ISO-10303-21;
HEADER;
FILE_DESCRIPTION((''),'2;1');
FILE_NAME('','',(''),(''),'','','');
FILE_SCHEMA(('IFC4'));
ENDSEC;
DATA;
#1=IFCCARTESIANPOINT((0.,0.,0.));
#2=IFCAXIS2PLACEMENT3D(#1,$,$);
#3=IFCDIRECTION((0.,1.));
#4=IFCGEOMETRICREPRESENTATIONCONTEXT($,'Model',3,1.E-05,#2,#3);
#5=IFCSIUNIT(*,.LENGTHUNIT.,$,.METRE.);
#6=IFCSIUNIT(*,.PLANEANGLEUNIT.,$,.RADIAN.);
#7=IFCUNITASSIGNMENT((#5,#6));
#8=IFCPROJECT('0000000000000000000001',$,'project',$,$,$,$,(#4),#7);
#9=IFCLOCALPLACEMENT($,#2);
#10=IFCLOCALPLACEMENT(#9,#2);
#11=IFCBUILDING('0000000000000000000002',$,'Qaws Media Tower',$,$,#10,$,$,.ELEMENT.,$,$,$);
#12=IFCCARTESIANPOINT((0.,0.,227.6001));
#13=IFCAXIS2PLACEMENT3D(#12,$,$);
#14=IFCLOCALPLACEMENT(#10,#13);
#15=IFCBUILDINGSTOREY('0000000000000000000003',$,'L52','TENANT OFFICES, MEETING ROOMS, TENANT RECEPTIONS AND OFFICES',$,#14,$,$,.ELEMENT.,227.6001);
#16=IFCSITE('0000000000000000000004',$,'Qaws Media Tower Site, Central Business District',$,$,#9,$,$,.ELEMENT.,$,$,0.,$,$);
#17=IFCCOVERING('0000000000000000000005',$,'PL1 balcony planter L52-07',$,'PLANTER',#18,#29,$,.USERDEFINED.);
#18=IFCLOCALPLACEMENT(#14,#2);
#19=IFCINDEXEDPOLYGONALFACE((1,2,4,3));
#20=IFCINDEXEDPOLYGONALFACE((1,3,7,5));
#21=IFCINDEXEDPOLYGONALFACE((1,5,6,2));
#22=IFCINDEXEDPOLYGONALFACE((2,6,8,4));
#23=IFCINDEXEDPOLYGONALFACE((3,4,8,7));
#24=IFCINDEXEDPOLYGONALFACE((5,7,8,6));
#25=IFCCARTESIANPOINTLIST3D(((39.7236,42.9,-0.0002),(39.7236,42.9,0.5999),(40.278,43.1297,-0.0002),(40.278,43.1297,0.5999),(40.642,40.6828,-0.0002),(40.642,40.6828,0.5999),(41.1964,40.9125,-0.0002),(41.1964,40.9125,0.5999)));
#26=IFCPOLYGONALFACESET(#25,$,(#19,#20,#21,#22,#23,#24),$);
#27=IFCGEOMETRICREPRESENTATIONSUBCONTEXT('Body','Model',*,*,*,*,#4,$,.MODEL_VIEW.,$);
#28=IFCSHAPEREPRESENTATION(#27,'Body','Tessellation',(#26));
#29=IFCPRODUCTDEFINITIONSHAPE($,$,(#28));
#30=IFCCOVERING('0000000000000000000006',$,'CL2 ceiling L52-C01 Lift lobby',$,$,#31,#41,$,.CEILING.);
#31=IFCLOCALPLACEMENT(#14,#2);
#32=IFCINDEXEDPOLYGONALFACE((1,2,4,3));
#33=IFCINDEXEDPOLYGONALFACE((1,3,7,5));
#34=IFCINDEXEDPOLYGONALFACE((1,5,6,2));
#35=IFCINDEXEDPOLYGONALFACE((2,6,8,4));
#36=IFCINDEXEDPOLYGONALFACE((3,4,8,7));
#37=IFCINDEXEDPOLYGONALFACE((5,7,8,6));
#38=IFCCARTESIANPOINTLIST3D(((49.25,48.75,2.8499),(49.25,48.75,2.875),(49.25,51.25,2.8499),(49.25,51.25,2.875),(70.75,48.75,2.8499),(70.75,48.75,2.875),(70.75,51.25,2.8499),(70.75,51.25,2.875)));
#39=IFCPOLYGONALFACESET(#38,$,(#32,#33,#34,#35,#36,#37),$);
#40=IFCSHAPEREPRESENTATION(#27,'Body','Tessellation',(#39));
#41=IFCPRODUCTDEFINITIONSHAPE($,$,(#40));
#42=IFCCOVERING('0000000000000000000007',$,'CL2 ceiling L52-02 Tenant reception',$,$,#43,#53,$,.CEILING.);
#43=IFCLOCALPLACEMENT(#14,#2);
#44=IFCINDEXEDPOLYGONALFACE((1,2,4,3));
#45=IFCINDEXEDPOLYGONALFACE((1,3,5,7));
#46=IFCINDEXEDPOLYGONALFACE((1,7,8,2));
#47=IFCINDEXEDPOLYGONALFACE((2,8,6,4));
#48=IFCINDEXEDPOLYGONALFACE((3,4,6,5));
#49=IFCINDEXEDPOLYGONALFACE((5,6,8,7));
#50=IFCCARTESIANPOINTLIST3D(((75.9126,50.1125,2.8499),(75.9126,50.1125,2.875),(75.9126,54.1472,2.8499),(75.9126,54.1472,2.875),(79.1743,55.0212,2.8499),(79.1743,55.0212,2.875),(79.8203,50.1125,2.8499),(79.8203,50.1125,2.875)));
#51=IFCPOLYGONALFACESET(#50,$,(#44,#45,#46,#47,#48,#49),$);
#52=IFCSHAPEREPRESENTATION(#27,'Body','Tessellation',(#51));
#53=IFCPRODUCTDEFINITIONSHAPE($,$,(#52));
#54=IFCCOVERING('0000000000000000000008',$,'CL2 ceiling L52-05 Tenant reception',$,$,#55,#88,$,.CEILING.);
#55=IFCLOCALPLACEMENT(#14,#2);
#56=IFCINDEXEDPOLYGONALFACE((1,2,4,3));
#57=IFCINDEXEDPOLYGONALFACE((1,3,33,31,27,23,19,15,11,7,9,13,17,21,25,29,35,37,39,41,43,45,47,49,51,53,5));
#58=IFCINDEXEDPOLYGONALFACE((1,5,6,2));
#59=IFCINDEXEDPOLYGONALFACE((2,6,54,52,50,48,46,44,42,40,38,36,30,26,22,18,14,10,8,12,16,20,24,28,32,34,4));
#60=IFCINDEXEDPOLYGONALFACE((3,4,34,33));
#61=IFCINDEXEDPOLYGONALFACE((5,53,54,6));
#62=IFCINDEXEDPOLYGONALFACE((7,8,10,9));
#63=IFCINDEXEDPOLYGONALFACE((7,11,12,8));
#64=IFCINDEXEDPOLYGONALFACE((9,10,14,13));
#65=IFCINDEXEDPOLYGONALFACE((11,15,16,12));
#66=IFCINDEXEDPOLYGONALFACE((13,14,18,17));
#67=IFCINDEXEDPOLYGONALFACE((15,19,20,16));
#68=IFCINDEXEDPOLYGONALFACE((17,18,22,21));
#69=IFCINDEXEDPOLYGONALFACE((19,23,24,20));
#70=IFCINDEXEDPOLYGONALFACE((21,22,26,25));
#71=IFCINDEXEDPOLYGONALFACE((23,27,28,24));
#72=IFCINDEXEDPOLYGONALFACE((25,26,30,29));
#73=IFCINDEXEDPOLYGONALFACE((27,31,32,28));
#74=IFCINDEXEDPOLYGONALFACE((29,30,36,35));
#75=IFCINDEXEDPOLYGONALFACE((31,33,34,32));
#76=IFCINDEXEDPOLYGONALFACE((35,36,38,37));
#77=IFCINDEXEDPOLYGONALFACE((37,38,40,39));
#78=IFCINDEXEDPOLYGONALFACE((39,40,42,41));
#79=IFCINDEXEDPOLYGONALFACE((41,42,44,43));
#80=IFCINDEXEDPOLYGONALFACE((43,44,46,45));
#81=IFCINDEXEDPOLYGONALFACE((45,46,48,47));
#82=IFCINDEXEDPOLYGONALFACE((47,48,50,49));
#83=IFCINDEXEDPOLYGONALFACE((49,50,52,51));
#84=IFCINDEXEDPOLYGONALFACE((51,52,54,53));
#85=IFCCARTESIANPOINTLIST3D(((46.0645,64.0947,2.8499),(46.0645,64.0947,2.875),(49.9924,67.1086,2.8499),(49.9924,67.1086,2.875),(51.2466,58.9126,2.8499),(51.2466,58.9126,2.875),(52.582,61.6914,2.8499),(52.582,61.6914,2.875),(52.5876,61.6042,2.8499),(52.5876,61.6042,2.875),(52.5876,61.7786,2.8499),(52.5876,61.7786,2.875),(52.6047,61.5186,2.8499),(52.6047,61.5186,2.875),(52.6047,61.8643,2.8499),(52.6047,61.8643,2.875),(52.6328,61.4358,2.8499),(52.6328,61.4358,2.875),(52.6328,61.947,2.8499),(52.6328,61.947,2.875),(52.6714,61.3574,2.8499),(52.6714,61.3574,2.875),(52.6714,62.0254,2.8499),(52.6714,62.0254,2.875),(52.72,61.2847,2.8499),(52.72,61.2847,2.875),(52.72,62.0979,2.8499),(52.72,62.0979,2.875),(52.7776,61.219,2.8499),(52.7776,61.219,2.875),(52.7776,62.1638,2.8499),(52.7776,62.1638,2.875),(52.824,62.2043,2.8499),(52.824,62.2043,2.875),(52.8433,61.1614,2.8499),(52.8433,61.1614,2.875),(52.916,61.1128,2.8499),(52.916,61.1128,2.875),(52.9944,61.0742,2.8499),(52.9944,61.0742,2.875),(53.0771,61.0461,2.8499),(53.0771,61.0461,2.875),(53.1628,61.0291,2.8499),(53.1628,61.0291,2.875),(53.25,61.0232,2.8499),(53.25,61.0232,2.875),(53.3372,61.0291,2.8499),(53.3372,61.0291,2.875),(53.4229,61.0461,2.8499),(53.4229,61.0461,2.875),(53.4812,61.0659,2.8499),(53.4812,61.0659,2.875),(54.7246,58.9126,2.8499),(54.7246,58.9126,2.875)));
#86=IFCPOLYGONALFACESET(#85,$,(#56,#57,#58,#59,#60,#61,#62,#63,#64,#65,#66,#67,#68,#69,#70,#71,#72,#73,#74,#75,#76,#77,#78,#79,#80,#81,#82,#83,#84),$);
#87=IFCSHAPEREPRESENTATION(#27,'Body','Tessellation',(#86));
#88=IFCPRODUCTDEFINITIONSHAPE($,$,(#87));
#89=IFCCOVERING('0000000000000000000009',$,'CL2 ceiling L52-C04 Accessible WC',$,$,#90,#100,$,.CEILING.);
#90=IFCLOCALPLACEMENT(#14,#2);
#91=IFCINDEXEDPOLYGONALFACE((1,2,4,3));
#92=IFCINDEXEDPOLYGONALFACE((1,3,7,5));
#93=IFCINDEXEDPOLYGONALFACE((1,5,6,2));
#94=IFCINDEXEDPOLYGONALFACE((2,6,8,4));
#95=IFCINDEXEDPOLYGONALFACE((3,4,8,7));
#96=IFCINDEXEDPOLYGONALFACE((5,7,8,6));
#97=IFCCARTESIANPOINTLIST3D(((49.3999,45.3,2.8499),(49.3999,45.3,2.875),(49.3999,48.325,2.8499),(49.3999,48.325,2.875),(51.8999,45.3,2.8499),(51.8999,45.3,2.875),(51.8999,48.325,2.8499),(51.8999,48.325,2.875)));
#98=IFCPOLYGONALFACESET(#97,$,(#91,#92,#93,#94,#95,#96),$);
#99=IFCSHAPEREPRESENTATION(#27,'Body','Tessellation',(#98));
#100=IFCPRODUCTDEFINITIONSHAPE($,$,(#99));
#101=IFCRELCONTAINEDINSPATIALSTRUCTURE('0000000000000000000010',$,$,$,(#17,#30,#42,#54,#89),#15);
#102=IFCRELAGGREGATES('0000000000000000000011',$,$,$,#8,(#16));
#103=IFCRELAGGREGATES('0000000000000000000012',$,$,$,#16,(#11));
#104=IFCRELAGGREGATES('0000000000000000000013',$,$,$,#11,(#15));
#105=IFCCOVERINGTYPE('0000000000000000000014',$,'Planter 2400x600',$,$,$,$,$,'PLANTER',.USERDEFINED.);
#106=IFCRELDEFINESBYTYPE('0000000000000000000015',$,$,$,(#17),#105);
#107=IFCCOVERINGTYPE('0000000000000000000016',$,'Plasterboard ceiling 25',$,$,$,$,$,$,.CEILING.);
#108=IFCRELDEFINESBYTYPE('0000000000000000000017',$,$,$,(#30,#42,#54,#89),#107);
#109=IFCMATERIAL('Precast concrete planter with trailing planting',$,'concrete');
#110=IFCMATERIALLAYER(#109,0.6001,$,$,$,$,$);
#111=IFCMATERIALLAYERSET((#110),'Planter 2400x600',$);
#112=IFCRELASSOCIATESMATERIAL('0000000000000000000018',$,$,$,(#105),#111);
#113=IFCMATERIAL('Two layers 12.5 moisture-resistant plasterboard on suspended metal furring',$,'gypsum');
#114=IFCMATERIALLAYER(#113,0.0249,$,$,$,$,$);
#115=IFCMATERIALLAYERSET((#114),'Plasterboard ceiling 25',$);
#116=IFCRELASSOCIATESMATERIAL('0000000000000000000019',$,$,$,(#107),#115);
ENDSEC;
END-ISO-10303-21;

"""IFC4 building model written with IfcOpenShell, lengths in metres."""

from ifc_helpers import new_model, si_unit, direction, frame, origin, origin_2d, place, context, subcontext, project, spatial, polyline, rectangle, outline, extrude, material, layer, layer_set, type_object, element, save


model = new_model("IFC4")

# Units and contexts
model_context = context("Model", 3, precision=1e-05, world=origin(), true_north=direction((0.0, 1.0)))
body_context = subcontext(model_context, "Body", "Model", "MODEL_VIEW")
ifc_project = project(units=[si_unit("LENGTHUNIT", "METRE"), si_unit("PLANEANGLEUNIT", "RADIAN")], contexts=[model_context])

# Site, building, storey
site_placement = place(None, origin())
site = spatial("IfcSite", under=ifc_project, at=site_placement, Name="Qaws Media Tower Site, Central Business District", CompositionType="ELEMENT", RefElevation=0.0)
building_placement = place(site_placement, origin())
building = spatial("IfcBuilding", under=site, at=building_placement, Name="Qaws Media Tower", CompositionType="ELEMENT")
storey_placement = place(building_placement, frame((0.0, 0.0, 227.6001)))
storey = spatial("IfcBuildingStorey", under=building, at=storey_placement, Name="L52", Description="TENANT OFFICES, MEETING ROOMS, TENANT RECEPTIONS AND OFFICES", CompositionType="ELEMENT", Elevation=227.6001)

# Coverings
ifc_material_1 = material(Name="Precast concrete planter with trailing planting", Category="concrete")
ifc_layer_1 = layer(ifc_material_1, 0.6001)
ifc_layer_set_1 = layer_set([ifc_layer_1], Name="Planter 2400x600")
covering_type_1 = type_object("IfcCoveringType", Name="Planter 2400x600", ElementType="PLANTER", PredefinedType="USERDEFINED", material=ifc_layer_set_1)
covering_1_placement = place(storey_placement, frame((40.46, 41.9062, -0.0002), z_axis=(0.0, 0.0, 1.0), x_axis=(0.382683, -0.92388, 0.0)))
element("IfcCovering", 1, at=covering_1_placement, inside=storey, type_object=covering_type_1, Name="PL1 balcony planter L52-07", ObjectType="PLANTER", PredefinedType="USERDEFINED", context=body_context, shape_type="SweptSolid", body=[
    extrude(rectangle(XDim=2.3999, YDim=0.6001, at=origin_2d()), origin(), (0.0, 0.0, 1.0), 0.6001),
])
ifc_material_2 = material(Name="Two layers 12.5 moisture-resistant plasterboard on suspended metal furring", Category="gypsum")
ifc_layer_2 = layer(ifc_material_2, 0.0249)
ifc_layer_set_2 = layer_set([ifc_layer_2], Name="Plasterboard ceiling 25")
covering_type_2 = type_object("IfcCoveringType", Name="Plasterboard ceiling 25", PredefinedType="CEILING", material=ifc_layer_set_2)
covering_2_placement = place(storey_placement, frame((0.0, 0.0, 2.8499)))
element("IfcCovering", 2, at=covering_2_placement, inside=storey, type_object=covering_type_2, Name="CL2 ceiling L52-C01 Lift lobby", PredefinedType="CEILING", context=body_context, shape_type="SweptSolid", body=[
    extrude(outline(polyline([(49.25, 48.75), (49.25, 51.25), (70.75, 51.25), (70.75, 48.75), (49.25, 48.75)])), origin(), (0.0, 0.0, 1.0), 0.0251),
])
covering_3_placement = place(storey_placement, frame((0.0, 0.0, 2.8499)))
element("IfcCovering", 3, at=covering_3_placement, inside=storey, type_object=covering_type_2, Name="CL2 ceiling L52-02 Tenant reception", PredefinedType="CEILING", context=body_context, shape_type="SweptSolid", body=[
    extrude(outline(polyline([(79.8203, 50.1125), (75.9126, 50.1125), (75.9126, 54.1472), (79.1743, 55.0212), (79.8203, 50.1125)])), origin(), (0.0, 0.0, 1.0), 0.0251),
])
covering_4_placement = place(storey_placement, frame((0.0, 0.0, 2.8499)))
element("IfcCovering", 4, at=covering_4_placement, inside=storey, type_object=covering_type_2, Name="CL2 ceiling L52-05 Tenant reception", PredefinedType="CEILING", context=body_context, shape_type="SweptSolid", body=[
    extrude(outline(polyline([(49.9924, 67.1086), (52.824, 62.2043), (52.7776, 62.1638), (52.72, 62.0979), (52.6714, 62.0254), (52.6328, 61.947), (52.6047, 61.8643), (52.5876, 61.7786), (52.582, 61.6914), (52.5876, 61.6042), (52.6047, 61.5186), (52.6328, 61.4358), (52.6714, 61.3574), (52.72, 61.2847), (52.7776, 61.219), (52.8433, 61.1614), (52.916, 61.1128), (52.9944, 61.0742), (53.0771, 61.0461), (53.1628, 61.0291), (53.25, 61.0232), (53.3372, 61.0291), (53.4229, 61.0461), (53.4812, 61.0659), (54.7246, 58.9126), (51.2466, 58.9126), (46.0645, 64.0947), (49.9924, 67.1086)])), origin(), (0.0, 0.0, 1.0), 0.0251),
])
covering_5_placement = place(storey_placement, frame((0.0, 0.0, 2.8499)))
element("IfcCovering", 5, at=covering_5_placement, inside=storey, type_object=covering_type_2, Name="CL2 ceiling L52-C04 Accessible WC", PredefinedType="CEILING", context=body_context, shape_type="SweptSolid", body=[
    extrude(outline(polyline([(49.3999, 45.3), (49.3999, 48.325), (51.8999, 48.325), (51.8999, 45.3), (49.3999, 45.3)])), origin(), (0.0, 0.0, 1.0), 0.0251),
])

save(model, "model.ifc")
